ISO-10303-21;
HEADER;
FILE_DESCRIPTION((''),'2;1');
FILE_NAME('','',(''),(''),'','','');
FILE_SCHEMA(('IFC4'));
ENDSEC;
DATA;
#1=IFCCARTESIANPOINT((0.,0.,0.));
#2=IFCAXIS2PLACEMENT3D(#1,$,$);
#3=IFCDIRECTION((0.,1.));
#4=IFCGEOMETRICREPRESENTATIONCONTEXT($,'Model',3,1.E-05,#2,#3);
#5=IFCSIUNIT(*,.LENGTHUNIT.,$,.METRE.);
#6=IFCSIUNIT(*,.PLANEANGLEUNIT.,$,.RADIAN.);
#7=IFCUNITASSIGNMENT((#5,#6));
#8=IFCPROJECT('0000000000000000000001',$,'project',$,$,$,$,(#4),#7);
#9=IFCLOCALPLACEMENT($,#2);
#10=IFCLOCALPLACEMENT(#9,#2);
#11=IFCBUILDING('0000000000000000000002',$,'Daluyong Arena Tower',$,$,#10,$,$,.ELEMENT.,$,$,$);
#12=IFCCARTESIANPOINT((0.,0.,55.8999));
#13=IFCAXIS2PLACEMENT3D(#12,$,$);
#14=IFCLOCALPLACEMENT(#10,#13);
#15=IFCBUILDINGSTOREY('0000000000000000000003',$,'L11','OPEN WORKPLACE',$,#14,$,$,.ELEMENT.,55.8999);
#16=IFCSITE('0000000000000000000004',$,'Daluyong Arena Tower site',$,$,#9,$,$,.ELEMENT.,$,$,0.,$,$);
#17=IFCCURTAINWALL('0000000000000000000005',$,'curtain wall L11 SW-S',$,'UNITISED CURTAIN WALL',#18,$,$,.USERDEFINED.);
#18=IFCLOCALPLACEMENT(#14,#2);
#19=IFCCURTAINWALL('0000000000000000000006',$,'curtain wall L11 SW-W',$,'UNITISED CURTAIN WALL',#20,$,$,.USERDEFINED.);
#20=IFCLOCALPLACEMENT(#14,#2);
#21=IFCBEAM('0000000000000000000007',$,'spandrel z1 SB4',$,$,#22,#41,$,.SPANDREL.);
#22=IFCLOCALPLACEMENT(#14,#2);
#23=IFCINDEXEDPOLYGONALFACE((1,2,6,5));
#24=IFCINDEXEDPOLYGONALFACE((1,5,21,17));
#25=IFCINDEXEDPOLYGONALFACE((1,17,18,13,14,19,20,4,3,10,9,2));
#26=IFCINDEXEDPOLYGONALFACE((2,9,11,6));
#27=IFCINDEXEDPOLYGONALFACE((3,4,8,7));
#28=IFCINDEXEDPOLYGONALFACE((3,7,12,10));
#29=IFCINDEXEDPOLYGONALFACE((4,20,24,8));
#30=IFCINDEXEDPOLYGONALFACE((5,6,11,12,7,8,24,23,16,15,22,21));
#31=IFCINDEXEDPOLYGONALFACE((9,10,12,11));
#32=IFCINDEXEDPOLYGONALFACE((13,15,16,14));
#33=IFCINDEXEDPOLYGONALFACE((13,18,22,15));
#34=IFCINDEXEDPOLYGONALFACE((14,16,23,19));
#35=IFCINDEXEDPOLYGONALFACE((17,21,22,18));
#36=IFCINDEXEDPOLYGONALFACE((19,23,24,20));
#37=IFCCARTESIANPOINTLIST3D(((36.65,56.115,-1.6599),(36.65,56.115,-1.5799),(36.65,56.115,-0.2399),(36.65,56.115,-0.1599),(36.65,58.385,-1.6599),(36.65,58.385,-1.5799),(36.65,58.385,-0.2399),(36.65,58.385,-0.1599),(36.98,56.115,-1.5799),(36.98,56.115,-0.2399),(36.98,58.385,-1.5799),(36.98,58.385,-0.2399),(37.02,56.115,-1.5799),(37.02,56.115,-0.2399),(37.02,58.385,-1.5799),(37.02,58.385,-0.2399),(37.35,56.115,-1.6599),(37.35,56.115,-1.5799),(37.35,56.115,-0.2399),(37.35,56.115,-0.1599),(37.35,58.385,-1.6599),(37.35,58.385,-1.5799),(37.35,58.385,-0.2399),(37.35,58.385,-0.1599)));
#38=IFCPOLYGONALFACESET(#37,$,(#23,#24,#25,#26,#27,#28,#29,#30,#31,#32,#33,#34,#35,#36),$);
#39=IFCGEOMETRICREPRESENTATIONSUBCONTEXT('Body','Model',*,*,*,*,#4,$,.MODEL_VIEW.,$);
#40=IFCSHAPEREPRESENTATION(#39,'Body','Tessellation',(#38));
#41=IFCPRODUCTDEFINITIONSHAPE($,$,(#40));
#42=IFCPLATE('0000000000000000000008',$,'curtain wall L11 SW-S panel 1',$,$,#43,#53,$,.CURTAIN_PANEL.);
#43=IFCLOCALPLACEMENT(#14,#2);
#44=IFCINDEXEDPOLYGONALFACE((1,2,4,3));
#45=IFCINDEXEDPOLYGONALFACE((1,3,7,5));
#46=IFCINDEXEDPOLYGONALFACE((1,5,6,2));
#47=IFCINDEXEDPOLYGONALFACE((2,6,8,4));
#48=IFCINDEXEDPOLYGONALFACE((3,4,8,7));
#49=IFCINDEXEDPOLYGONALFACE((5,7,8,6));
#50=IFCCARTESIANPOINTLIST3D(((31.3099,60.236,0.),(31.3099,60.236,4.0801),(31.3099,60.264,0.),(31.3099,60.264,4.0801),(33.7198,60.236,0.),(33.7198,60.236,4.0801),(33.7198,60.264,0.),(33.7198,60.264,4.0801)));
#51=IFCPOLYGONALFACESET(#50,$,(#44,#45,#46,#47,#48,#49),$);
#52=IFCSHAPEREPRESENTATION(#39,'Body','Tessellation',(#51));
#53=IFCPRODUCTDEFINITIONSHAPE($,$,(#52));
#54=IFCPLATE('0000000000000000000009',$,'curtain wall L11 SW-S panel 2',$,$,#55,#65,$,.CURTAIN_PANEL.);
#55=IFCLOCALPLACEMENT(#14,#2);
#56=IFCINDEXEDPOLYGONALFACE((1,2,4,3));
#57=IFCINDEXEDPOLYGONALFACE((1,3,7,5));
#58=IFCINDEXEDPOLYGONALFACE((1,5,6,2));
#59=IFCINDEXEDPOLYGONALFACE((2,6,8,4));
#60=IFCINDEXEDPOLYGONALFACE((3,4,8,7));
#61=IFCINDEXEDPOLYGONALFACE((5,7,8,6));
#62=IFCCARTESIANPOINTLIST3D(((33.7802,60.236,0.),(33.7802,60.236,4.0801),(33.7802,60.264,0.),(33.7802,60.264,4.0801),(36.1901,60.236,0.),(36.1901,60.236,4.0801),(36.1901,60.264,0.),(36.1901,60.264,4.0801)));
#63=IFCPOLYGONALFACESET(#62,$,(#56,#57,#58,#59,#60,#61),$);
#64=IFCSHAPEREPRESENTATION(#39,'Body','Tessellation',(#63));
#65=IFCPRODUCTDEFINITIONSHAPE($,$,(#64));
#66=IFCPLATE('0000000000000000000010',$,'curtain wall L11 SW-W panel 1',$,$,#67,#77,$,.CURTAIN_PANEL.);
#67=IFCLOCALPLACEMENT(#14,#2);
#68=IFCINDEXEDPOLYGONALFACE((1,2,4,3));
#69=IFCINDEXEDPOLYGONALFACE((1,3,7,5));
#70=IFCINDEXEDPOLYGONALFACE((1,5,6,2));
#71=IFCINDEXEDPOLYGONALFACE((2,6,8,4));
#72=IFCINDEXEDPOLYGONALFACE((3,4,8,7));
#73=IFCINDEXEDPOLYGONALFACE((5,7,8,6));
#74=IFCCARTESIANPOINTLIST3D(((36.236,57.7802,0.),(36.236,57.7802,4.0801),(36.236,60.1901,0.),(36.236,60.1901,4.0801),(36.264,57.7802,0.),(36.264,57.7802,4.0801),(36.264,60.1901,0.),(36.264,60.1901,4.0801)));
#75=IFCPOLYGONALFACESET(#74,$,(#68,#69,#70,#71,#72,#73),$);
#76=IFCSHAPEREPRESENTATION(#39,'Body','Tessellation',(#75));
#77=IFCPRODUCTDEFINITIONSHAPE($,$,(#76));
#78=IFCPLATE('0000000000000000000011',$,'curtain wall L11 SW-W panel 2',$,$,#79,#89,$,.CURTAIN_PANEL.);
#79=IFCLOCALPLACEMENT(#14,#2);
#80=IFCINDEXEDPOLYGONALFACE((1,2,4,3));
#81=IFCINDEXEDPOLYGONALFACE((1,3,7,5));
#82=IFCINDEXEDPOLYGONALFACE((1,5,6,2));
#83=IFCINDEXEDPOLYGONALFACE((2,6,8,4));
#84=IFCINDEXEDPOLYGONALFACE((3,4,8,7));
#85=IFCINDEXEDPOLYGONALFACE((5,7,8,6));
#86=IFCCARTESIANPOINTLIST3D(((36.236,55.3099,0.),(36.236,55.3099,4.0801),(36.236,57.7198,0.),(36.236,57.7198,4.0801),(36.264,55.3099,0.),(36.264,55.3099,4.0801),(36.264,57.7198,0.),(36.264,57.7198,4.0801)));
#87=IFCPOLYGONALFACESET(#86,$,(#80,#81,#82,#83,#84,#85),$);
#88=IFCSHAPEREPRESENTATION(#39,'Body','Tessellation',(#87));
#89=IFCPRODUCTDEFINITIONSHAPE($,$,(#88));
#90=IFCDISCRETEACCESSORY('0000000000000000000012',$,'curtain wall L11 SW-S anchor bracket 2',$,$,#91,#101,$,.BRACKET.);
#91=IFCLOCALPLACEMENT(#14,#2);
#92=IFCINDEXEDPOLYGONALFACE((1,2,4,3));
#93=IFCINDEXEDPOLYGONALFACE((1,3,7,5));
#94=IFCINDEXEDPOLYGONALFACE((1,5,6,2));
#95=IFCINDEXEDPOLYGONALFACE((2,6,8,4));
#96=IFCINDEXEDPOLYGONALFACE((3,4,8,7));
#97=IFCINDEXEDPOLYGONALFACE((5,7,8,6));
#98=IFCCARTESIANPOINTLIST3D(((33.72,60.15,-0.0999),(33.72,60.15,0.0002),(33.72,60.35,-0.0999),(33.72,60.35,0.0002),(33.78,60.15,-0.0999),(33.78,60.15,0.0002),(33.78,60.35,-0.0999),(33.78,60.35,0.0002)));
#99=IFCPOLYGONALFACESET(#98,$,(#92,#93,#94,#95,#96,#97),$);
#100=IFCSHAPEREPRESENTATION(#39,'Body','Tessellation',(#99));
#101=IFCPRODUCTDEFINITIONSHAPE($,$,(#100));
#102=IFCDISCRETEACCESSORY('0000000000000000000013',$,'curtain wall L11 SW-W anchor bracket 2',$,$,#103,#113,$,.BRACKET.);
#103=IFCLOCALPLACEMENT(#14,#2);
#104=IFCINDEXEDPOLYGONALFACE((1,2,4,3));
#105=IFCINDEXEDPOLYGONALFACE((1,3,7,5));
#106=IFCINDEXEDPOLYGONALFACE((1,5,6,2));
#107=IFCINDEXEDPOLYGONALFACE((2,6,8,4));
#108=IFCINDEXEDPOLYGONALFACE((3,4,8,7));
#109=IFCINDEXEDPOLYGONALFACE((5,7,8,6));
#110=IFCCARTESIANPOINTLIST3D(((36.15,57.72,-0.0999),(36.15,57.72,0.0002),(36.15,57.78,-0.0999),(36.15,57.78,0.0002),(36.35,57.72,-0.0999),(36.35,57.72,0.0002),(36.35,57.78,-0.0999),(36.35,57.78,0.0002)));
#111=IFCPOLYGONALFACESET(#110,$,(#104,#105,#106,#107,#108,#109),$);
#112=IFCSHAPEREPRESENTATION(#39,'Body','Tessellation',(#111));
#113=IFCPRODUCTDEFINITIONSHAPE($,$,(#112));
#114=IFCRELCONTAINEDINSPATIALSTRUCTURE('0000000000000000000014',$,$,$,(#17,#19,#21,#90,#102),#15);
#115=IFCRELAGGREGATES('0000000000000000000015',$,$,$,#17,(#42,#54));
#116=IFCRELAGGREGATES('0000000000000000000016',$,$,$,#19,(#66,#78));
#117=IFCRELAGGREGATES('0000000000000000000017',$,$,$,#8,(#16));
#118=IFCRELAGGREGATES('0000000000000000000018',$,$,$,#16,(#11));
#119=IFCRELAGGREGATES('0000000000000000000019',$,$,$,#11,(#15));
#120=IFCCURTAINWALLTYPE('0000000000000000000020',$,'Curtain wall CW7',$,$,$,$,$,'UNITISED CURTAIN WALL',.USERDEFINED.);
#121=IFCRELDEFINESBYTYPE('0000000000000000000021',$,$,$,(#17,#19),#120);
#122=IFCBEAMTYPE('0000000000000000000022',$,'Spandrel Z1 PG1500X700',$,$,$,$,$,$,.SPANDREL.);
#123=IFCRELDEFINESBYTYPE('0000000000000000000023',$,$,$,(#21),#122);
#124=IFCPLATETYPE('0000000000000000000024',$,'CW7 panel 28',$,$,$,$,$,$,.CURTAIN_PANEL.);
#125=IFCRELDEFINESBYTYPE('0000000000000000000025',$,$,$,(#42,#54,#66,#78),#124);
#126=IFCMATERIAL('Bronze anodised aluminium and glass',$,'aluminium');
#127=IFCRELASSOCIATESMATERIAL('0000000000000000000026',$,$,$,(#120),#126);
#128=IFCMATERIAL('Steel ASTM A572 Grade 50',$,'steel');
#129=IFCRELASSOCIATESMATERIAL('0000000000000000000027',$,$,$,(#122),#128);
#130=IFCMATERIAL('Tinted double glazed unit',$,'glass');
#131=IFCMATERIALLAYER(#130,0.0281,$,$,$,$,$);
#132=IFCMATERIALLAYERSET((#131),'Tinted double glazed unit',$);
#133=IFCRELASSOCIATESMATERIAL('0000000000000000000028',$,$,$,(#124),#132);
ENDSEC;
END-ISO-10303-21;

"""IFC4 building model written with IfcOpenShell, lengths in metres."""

from ifc_helpers import new_model, si_unit, direction, frame, origin, origin_2d, place, context, subcontext, project, spatial, rectangle, i_section, extrude, material, layer, layer_set, material_profile, profile_set, type_object, element, aggregate, save


model = new_model("IFC4")

# Units and contexts
model_context = context("Model", 3, precision=1e-05, world=origin(), true_north=direction((0.0, 1.0)))
body_context = subcontext(model_context, "Body", "Model", "MODEL_VIEW")
ifc_project = project(units=[si_unit("LENGTHUNIT", "METRE"), si_unit("PLANEANGLEUNIT", "RADIAN")], contexts=[model_context])

# Site, building, storey
site_placement = place(None, origin())
site = spatial("IfcSite", under=ifc_project, at=site_placement, Name="Daluyong Arena Tower site", CompositionType="ELEMENT", RefElevation=0.0)
building_placement = place(site_placement, origin())
building = spatial("IfcBuilding", under=site, at=building_placement, Name="Daluyong Arena Tower", CompositionType="ELEMENT")
storey_placement = place(building_placement, frame((0.0, 0.0, 55.8999)))
storey = spatial("IfcBuildingStorey", under=building, at=storey_placement, Name="L11", Description="OPEN WORKPLACE", CompositionType="ELEMENT", Elevation=55.8999)

# Curtain walls
ifc_material_1 = material(Name="Bronze anodised aluminium and glass", Category="aluminium")
curtain_wall_type_1 = type_object("IfcCurtainWallType", Name="Curtain wall CW7", ElementType="UNITISED CURTAIN WALL", PredefinedType="USERDEFINED", material=ifc_material_1)
curtain_wall_1_placement = place(storey_placement, origin())
curtain_wall_1 = element("IfcCurtainWall", 1, at=curtain_wall_1_placement, inside=storey, type_object=curtain_wall_type_1, Name="curtain wall L11 SW-S", ObjectType="UNITISED CURTAIN WALL", PredefinedType="USERDEFINED")
curtain_wall_2_placement = place(storey_placement, origin())
curtain_wall_2 = element("IfcCurtainWall", 2, at=curtain_wall_2_placement, inside=storey, type_object=curtain_wall_type_1, Name="curtain wall L11 SW-W", ObjectType="UNITISED CURTAIN WALL", PredefinedType="USERDEFINED")

# Beam
ifc_material_2 = material(Name="Steel ASTM A572 Grade 50", Category="steel")
ifc_material_profile_1 = material_profile(ifc_material_2, i_section(OverallWidth=0.7, OverallDepth=1.5, WebThickness=0.04, FlangeThickness=0.08, at=origin_2d()))
ifc_profile_set_1 = profile_set([ifc_material_profile_1], Name="Steel ASTM A572 Grade 50")
beam_type = type_object("IfcBeamType", Name="Spandrel Z1 PG1500X700", PredefinedType="SPANDREL", material=ifc_profile_set_1)
for number, where, z_axis, x_axis, name in (
    (3, (37.0, 58.385, -0.9099), (0.0, -1.0, 0.0), (1.0, 0.0, 0.0), "spandrel z1 SB4"),
):
    element("IfcBeam", number, at=place(storey_placement, frame(where, z_axis=z_axis, x_axis=x_axis)), inside=storey, type_object=beam_type, Name=name, PredefinedType="SPANDREL", context=body_context, shape_type="SweptSolid", body=[
        extrude(i_section(OverallWidth=0.7, OverallDepth=1.5, WebThickness=0.04, FlangeThickness=0.08, at=origin_2d()), origin(), (0.0, 0.0, 1.0), 2.27),
    ])

# Plates
ifc_material_3 = material(Name="Tinted double glazed unit", Category="glass")
ifc_layer = layer(ifc_material_3, 0.0281)
ifc_layer_set = layer_set([ifc_layer], Name="Tinted double glazed unit")
plate_type = type_object("IfcPlateType", Name="CW7 panel 28", PredefinedType="CURTAIN_PANEL", material=ifc_layer_set)
plate_1_placement = place(storey_placement, frame((32.5149, 60.25, 0.0), z_axis=(0.0, 0.0, 1.0), x_axis=(1.0, 0.0, 0.0)))
plate_1 = element("IfcPlate", 4, at=plate_1_placement, type_object=plate_type, Name="curtain wall L11 SW-S panel 1", PredefinedType="CURTAIN_PANEL", context=body_context, shape_type="SweptSolid", body=[
    extrude(rectangle(XDim=2.4099, YDim=0.0281, at=origin_2d()), origin(), (0.0, 0.0, 1.0), 4.0801),
])
plate_2_placement = place(storey_placement, frame((34.9851, 60.25, 0.0), z_axis=(0.0, 0.0, 1.0), x_axis=(1.0, 0.0, 0.0)))
plate_2 = element("IfcPlate", 5, at=plate_2_placement, type_object=plate_type, Name="curtain wall L11 SW-S panel 2", PredefinedType="CURTAIN_PANEL", context=body_context, shape_type="SweptSolid", body=[
    extrude(rectangle(XDim=2.4099, YDim=0.0281, at=origin_2d()), origin(), (0.0, 0.0, 1.0), 4.0801),
])
aggregate(curtain_wall_1, [plate_1, plate_2])
plate_3_placement = place(storey_placement, frame((36.25, 58.9851, 0.0), z_axis=(0.0, 0.0, 1.0), x_axis=(0.0, -1.0, 0.0)))
plate_3 = element("IfcPlate", 6, at=plate_3_placement, type_object=plate_type, Name="curtain wall L11 SW-W panel 1", PredefinedType="CURTAIN_PANEL", context=body_context, shape_type="SweptSolid", body=[
    extrude(rectangle(XDim=2.4099, YDim=0.0281, at=origin_2d()), origin(), (0.0, 0.0, 1.0), 4.0801),
])
plate_4_placement = place(storey_placement, frame((36.25, 56.5149, 0.0), z_axis=(0.0, 0.0, 1.0), x_axis=(0.0, -1.0, 0.0)))
plate_4 = element("IfcPlate", 7, at=plate_4_placement, type_object=plate_type, Name="curtain wall L11 SW-W panel 2", PredefinedType="CURTAIN_PANEL", context=body_context, shape_type="SweptSolid", body=[
    extrude(rectangle(XDim=2.4099, YDim=0.0281, at=origin_2d()), origin(), (0.0, 0.0, 1.0), 4.0801),
])
aggregate(curtain_wall_2, [plate_3, plate_4])

# Discrete accessories
for number, where, z_axis, x_axis, name in (
    (8, (33.75, 60.25, -0.0999), (0.0, 0.0, 1.0), (1.0, 0.0, 0.0), "curtain wall L11 SW-S anchor bracket 2"),
    (9, (36.25, 57.75, -0.0999), (0.0, 0.0, 1.0), (0.0, -1.0, 0.0), "curtain wall L11 SW-W anchor bracket 2"),
):
    element("IfcDiscreteAccessory", number, at=place(storey_placement, frame(where, z_axis=z_axis, x_axis=x_axis)), inside=storey, Name=name, PredefinedType="BRACKET", context=body_context, shape_type="SweptSolid", body=[
        extrude(rectangle(XDim=0.0601, YDim=0.2, at=origin_2d()), origin(), (0.0, 0.0, 1.0), 0.1001),
    ])

save(model, "model.ifc")
